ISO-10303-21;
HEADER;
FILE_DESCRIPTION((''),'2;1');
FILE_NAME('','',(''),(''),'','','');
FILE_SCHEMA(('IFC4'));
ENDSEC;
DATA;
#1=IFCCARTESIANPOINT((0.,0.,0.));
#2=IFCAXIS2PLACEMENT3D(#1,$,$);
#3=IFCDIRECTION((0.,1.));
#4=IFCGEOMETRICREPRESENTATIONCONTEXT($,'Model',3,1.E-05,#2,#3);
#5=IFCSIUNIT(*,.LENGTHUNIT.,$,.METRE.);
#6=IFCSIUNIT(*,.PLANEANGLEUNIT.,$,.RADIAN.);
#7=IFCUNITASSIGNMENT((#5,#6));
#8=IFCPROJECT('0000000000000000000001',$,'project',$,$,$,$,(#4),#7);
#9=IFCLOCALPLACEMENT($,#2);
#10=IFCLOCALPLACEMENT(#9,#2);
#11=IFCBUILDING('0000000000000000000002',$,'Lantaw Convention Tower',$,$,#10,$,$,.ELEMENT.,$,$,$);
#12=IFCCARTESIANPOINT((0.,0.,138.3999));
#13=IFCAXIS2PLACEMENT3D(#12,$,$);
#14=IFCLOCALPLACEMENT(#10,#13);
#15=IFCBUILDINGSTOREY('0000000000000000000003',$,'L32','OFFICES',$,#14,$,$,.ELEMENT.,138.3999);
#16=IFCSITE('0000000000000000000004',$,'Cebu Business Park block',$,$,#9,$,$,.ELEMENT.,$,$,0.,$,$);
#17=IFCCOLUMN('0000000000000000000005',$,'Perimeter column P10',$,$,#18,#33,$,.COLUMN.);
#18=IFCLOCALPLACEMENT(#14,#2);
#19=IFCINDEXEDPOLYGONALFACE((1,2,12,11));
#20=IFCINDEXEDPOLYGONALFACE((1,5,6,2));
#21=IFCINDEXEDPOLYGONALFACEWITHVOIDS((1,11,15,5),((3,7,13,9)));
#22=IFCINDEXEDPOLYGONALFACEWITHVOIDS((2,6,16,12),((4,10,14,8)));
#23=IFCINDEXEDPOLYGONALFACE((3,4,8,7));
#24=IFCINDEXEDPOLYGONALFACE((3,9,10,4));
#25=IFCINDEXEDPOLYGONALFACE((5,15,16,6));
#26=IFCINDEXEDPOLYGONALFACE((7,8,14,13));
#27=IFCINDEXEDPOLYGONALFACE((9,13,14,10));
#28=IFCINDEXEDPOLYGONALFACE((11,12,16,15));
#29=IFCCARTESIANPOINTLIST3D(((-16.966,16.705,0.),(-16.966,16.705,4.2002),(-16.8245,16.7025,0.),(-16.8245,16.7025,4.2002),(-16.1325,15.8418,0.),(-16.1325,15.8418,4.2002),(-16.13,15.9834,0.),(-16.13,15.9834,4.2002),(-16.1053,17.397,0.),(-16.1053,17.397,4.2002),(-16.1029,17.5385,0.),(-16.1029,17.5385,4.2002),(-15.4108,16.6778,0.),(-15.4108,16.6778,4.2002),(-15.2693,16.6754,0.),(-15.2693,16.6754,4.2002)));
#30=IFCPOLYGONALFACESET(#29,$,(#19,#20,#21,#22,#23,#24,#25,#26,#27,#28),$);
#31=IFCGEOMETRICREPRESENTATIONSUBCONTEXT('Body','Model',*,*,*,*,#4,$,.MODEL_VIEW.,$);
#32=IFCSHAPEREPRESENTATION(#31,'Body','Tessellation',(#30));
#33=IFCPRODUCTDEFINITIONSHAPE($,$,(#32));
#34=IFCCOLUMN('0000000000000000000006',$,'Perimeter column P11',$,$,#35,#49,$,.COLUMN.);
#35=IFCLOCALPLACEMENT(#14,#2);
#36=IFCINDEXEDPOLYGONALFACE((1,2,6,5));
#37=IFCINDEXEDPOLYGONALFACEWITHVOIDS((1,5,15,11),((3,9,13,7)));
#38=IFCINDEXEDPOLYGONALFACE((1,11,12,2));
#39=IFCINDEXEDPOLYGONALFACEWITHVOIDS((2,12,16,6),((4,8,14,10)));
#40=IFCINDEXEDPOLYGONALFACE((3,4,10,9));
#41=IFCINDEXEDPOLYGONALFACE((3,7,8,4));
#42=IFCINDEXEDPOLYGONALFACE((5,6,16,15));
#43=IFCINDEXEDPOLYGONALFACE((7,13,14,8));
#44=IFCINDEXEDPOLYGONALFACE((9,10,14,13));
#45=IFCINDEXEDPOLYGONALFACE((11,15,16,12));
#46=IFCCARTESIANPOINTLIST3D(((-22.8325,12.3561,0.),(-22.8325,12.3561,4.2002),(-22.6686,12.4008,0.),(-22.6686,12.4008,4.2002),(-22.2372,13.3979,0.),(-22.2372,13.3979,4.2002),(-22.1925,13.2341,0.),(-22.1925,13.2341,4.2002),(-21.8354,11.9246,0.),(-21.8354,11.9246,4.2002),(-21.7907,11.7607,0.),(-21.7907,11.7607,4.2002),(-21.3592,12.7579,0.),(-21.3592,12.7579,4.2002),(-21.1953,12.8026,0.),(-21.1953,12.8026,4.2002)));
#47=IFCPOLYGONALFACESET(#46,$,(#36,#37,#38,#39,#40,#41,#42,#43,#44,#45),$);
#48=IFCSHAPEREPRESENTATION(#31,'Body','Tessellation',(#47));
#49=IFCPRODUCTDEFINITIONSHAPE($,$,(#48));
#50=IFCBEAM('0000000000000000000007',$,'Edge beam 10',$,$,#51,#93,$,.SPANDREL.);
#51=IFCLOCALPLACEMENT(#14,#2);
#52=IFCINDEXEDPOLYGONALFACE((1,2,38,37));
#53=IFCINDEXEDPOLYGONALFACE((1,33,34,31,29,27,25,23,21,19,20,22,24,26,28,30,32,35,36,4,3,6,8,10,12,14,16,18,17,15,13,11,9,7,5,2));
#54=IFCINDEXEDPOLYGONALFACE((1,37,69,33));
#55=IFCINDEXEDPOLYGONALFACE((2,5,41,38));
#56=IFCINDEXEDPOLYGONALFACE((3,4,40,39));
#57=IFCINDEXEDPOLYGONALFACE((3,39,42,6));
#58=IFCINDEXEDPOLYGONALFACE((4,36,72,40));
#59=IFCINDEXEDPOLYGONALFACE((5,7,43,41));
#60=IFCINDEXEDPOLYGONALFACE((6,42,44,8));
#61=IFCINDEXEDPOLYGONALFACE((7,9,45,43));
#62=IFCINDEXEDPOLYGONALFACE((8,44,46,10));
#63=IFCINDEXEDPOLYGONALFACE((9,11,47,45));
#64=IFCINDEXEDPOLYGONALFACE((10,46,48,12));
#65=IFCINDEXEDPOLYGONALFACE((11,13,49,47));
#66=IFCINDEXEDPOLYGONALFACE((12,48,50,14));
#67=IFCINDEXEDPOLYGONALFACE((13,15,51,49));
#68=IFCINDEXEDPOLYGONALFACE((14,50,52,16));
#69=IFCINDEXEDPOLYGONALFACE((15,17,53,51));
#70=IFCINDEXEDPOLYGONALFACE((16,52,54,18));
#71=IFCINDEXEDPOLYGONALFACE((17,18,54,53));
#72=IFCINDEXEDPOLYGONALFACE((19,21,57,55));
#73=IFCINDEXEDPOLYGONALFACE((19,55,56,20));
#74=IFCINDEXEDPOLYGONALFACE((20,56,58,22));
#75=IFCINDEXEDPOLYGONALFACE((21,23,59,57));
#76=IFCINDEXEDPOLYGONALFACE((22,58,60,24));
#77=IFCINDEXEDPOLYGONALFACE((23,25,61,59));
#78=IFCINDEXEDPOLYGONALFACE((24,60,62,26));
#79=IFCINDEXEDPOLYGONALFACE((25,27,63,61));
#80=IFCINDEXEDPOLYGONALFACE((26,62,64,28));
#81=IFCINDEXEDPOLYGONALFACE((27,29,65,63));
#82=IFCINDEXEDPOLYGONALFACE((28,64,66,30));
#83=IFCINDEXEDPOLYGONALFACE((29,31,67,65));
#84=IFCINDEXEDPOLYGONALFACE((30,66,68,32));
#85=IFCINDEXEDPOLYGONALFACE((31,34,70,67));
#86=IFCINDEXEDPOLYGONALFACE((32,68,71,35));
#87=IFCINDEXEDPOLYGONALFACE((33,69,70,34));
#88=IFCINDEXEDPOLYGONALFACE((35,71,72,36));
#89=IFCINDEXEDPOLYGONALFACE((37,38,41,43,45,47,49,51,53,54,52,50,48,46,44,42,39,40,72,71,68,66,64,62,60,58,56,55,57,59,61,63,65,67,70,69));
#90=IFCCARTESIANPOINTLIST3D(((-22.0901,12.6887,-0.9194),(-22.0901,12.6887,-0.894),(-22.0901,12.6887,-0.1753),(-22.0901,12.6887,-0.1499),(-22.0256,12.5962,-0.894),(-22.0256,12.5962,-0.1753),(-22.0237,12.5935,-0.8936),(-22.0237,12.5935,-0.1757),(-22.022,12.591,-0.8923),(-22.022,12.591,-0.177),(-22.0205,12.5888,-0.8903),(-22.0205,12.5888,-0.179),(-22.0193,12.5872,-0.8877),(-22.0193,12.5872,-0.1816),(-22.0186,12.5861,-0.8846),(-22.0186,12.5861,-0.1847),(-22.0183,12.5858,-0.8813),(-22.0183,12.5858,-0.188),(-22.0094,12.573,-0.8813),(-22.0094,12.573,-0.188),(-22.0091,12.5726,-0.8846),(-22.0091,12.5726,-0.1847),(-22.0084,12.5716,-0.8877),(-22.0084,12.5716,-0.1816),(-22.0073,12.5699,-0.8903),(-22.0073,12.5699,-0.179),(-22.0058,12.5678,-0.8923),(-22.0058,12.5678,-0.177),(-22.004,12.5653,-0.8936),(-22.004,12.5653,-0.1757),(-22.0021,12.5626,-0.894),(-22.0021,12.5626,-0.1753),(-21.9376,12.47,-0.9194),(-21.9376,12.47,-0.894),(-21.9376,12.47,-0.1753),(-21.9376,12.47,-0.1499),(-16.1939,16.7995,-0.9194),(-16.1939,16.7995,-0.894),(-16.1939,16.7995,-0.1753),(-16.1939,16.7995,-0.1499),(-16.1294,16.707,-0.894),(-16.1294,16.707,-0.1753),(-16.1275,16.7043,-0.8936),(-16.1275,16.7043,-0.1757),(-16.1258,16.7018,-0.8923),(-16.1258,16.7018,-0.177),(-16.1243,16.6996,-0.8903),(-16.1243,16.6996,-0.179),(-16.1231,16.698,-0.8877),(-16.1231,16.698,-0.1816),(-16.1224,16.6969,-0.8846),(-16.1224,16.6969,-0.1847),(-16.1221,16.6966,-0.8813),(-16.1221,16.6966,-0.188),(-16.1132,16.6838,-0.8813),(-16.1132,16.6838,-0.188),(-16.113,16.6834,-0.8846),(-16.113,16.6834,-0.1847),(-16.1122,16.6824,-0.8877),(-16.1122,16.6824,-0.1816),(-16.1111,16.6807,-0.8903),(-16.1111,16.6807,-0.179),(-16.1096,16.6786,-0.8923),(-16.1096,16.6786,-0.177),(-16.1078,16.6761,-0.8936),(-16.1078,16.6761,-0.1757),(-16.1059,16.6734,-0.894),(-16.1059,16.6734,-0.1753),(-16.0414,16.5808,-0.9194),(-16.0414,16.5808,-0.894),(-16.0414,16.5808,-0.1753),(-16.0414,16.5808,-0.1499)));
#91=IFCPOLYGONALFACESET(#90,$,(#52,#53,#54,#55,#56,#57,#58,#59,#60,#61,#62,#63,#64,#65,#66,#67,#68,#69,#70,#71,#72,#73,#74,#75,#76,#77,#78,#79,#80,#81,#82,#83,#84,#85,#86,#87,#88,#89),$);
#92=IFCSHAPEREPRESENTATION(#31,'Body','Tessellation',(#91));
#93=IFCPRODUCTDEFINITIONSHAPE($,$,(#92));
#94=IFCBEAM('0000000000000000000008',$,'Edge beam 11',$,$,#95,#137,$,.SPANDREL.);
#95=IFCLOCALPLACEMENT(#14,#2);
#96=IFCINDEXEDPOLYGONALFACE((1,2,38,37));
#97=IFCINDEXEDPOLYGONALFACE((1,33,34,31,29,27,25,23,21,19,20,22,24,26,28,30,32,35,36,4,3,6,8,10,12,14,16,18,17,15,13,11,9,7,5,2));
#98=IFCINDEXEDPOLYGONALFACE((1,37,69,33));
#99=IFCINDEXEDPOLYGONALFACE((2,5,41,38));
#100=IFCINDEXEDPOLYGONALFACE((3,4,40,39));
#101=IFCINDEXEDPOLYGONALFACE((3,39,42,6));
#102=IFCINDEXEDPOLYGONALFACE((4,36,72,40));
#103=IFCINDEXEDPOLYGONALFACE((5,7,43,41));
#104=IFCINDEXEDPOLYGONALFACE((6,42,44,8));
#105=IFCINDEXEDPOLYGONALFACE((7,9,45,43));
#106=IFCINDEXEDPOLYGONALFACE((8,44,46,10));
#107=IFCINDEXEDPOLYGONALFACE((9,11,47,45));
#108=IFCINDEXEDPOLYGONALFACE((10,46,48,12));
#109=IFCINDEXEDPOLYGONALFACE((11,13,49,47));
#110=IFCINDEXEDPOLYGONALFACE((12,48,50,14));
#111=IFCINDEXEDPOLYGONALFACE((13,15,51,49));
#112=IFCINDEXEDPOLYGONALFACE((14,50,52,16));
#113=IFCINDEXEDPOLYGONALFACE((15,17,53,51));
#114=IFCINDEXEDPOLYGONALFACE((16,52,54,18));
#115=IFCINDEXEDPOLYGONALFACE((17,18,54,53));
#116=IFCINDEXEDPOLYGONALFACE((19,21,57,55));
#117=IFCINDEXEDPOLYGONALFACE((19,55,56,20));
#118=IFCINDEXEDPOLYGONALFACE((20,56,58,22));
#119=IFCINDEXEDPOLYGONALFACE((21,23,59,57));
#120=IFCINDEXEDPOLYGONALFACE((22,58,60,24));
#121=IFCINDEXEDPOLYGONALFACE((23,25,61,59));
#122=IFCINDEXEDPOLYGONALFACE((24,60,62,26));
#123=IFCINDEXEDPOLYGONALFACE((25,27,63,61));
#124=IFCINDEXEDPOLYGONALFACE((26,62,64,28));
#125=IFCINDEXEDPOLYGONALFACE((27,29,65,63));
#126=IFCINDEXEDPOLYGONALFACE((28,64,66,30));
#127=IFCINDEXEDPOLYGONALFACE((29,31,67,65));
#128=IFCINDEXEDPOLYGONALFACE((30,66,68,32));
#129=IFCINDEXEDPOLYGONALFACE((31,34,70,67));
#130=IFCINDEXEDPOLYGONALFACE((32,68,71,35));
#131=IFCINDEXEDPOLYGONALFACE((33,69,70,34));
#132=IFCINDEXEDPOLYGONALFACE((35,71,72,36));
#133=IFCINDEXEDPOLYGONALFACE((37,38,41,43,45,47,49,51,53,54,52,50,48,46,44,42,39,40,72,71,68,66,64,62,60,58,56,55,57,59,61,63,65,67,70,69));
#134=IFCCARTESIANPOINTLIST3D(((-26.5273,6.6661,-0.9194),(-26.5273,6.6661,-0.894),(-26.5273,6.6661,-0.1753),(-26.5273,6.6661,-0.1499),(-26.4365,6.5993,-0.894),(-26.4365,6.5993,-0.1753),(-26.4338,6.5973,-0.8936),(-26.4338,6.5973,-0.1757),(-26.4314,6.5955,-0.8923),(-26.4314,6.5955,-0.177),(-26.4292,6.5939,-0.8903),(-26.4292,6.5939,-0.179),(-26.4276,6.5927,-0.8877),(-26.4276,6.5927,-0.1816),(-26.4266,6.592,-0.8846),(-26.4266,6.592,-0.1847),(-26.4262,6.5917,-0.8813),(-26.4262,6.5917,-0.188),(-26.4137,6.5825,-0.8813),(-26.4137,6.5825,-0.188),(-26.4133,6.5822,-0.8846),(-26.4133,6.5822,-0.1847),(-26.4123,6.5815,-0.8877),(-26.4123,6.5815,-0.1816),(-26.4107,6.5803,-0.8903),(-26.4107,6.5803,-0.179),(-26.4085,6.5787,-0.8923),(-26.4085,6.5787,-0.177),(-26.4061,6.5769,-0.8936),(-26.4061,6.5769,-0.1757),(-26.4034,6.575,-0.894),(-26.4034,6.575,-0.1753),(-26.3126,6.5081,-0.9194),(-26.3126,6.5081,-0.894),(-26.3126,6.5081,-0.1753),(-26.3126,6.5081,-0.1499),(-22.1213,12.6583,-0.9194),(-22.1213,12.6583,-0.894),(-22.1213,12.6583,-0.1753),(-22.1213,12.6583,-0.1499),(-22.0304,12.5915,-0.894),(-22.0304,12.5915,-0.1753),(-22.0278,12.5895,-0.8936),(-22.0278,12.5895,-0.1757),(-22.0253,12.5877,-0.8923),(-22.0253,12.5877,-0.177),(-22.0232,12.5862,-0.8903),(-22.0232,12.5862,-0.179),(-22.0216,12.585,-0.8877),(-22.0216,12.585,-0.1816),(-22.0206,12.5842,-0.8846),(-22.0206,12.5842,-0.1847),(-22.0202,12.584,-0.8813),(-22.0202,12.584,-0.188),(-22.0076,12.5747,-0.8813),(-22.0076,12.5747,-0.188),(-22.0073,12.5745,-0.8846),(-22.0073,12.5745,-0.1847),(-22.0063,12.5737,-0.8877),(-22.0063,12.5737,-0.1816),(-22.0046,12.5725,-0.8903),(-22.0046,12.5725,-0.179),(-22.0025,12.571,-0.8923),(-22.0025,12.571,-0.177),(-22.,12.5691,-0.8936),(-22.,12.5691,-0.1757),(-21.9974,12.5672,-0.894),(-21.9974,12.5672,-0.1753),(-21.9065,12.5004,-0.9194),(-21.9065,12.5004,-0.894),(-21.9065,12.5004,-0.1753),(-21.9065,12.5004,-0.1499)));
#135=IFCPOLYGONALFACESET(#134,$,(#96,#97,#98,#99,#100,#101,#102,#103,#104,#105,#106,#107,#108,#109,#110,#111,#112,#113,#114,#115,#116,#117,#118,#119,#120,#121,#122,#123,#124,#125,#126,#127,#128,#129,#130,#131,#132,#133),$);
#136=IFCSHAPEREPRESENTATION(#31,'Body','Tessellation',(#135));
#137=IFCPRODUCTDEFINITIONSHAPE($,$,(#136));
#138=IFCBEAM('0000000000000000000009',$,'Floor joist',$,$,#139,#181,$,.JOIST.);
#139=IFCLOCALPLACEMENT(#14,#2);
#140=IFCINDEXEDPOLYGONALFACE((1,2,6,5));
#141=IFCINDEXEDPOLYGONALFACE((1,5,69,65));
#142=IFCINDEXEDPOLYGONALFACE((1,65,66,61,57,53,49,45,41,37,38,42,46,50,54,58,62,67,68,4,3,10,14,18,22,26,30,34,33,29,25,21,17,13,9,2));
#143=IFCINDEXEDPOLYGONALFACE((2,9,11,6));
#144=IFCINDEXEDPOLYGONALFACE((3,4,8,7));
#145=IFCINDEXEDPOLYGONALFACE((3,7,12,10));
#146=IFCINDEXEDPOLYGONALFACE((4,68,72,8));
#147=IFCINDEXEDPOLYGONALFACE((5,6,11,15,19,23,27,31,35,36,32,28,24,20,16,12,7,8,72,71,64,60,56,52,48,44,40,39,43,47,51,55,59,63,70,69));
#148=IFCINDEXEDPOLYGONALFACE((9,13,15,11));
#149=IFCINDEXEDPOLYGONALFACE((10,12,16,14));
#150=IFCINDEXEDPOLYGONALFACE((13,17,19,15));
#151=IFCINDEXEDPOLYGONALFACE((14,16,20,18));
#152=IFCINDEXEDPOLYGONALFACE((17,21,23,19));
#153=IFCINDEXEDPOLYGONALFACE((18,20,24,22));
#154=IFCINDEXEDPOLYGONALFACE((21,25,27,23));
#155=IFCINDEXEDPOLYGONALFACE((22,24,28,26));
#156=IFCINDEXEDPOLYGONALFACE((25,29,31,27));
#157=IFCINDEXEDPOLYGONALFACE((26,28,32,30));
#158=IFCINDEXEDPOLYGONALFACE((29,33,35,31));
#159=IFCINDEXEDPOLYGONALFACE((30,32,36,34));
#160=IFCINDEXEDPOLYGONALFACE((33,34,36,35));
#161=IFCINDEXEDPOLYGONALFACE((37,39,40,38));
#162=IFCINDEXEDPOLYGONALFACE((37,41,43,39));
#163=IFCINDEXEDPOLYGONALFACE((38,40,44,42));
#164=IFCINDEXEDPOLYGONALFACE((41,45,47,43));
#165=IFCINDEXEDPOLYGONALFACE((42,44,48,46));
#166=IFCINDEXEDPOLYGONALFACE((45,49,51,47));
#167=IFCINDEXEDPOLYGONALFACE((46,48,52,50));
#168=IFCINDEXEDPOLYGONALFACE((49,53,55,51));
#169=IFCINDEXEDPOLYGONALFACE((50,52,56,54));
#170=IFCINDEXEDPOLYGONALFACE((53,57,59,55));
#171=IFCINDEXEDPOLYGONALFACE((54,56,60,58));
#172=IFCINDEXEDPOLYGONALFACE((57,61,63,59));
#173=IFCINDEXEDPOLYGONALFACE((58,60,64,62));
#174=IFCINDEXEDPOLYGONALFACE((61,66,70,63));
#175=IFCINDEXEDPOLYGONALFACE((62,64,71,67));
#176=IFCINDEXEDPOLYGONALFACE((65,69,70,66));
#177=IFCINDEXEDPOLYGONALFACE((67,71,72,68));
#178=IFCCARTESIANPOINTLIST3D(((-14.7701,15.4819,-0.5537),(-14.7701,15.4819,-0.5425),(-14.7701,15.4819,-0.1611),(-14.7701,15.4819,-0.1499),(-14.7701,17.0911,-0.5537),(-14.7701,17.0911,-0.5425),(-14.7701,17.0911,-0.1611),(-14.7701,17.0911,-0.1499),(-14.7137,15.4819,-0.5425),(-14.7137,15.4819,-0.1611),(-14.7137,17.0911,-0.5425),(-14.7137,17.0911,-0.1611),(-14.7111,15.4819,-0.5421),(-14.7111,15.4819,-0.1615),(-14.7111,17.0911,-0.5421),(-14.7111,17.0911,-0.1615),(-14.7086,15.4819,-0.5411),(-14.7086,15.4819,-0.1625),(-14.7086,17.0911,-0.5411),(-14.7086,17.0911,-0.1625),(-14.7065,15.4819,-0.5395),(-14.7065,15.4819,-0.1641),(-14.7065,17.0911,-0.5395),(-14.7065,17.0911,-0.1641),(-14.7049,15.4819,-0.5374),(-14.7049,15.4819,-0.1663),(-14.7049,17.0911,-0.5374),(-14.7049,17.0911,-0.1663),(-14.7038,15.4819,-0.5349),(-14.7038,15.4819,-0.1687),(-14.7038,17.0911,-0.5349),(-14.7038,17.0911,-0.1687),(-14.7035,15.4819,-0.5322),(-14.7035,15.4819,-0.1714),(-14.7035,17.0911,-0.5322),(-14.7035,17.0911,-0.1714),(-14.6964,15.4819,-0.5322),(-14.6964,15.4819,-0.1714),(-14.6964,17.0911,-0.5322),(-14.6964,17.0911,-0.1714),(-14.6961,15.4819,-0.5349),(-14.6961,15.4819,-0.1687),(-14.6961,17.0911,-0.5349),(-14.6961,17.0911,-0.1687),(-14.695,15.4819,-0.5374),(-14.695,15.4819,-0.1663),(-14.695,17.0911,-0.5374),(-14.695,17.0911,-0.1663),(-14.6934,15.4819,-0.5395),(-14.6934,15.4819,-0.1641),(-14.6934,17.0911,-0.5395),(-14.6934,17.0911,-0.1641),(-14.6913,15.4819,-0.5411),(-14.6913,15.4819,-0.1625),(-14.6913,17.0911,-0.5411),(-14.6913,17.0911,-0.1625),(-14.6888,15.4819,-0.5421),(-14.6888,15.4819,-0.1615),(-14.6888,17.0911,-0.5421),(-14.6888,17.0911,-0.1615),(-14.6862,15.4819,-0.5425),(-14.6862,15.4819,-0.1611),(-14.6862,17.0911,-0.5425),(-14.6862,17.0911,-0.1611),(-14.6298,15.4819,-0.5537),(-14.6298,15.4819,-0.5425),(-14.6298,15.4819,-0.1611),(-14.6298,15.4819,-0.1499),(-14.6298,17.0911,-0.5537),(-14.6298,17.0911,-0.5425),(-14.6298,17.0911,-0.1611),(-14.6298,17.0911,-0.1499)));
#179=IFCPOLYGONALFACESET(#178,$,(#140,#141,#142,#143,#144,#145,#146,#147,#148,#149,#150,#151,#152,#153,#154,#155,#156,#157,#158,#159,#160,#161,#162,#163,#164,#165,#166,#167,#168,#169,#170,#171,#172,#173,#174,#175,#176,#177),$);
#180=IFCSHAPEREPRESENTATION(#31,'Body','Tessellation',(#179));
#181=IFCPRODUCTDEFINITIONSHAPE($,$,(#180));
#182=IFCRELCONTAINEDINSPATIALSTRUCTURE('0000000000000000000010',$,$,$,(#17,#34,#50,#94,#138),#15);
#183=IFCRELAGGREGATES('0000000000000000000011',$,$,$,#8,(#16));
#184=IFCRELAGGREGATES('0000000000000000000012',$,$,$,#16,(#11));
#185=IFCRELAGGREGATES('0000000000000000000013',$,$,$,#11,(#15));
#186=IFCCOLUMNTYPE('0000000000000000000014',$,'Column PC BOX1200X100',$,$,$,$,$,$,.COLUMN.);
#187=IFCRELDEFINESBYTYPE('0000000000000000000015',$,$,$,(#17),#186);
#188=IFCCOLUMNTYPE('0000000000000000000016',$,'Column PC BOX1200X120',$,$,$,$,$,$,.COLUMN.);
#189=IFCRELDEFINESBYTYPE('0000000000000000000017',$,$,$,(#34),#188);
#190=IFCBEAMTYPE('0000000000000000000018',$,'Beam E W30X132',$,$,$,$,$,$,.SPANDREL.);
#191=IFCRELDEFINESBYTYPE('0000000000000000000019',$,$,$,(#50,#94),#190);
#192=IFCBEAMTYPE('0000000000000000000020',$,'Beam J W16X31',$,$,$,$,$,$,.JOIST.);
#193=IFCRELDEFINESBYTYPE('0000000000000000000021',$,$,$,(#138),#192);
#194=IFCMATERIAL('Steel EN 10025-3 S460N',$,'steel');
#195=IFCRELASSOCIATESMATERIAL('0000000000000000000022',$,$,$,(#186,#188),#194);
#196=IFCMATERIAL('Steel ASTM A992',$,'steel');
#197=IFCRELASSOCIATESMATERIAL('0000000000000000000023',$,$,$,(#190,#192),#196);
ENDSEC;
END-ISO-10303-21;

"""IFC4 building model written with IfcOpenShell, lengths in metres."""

from ifc_helpers import new_model, si_unit, direction, frame, origin, origin_2d, place, context, subcontext, project, spatial, rectangle, hollow_rectangle, i_section, extrude, material, material_profile, profile_set, type_object, element, save


model = new_model("IFC4")

# Units and contexts
model_context = context("Model", 3, precision=1e-05, world=origin(), true_north=direction((0.0, 1.0)))
body_context = subcontext(model_context, "Body", "Model", "MODEL_VIEW")
ifc_project = project(units=[si_unit("LENGTHUNIT", "METRE"), si_unit("PLANEANGLEUNIT", "RADIAN")], contexts=[model_context])

# Site, building, storey
site_placement = place(None, origin())
site = spatial("IfcSite", under=ifc_project, at=site_placement, Name="Cebu Business Park block", CompositionType="ELEMENT", RefElevation=0.0)
building_placement = place(site_placement, origin())
building = spatial("IfcBuilding", under=site, at=building_placement, Name="Lantaw Convention Tower", CompositionType="ELEMENT")
storey_placement = place(building_placement, frame((0.0, 0.0, 138.3999)))
storey = spatial("IfcBuildingStorey", under=building, at=storey_placement, Name="L32", Description="OFFICES", CompositionType="ELEMENT", Elevation=138.3999)

# Columns
ifc_material_1 = material(Name="Steel EN 10025-3 S460N", Category="steel")
ifc_material_profile_1 = material_profile(ifc_material_1, hollow_rectangle(XDim=1.2, YDim=1.2, WallThickness=0.1001, at=origin_2d()), Name="BOX1200X100")
ifc_material_2 = material(Name="Concrete C60/75", Category="concrete")
ifc_material_profile_2 = material_profile(ifc_material_2, rectangle(XDim=1.0, YDim=1.0, at=origin_2d()), Name="Concrete fill of BOX1200X100")
ifc_profile_set_1 = profile_set([ifc_material_profile_1, ifc_material_profile_2], Name="Steel EN 10025-3 S460N")
column_type_1 = type_object("IfcColumnType", Name="Column PC BOX1200X100", PredefinedType="COLUMN", material=ifc_profile_set_1)
column_1_placement = place(storey_placement, frame((-16.1177, 16.6902, 0.0), z_axis=(0.0, 0.0, 1.0), x_axis=(0.71934, 0.694658, 0.0)))
element("IfcColumn", 1, at=column_1_placement, inside=storey, type_object=column_type_1, Name="Perimeter column P10", PredefinedType="COLUMN", context=body_context, shape_type="SweptSolid", body=[
    extrude(hollow_rectangle(XDim=1.2, YDim=1.2, WallThickness=0.1001, at=origin_2d()), origin(), (0.0, 0.0, 1.0), 4.2002),
])
ifc_material_profile_3 = material_profile(ifc_material_1, hollow_rectangle(XDim=1.2, YDim=1.2, WallThickness=0.1201, at=origin_2d()), Name="BOX1200X120")
ifc_material_profile_4 = material_profile(ifc_material_2, rectangle(XDim=0.96, YDim=0.96, at=origin_2d()), Name="Concrete fill of BOX1200X120")
ifc_profile_set_2 = profile_set([ifc_material_profile_3, ifc_material_profile_4], Name="Steel EN 10025-3 S460N")
column_type_2 = type_object("IfcColumnType", Name="Column PC BOX1200X120", PredefinedType="COLUMN", material=ifc_profile_set_2)
column_2_placement = place(storey_placement, frame((-22.0139, 12.5793, 0.0), z_axis=(0.0, 0.0, 1.0), x_axis=(0.496139, 0.868243, 0.0)))
element("IfcColumn", 2, at=column_2_placement, inside=storey, type_object=column_type_2, Name="Perimeter column P11", PredefinedType="COLUMN", context=body_context, shape_type="SweptSolid", body=[
    extrude(hollow_rectangle(XDim=1.2, YDim=1.2, WallThickness=0.1201, at=origin_2d()), origin(), (0.0, 0.0, 1.0), 4.2002),
])

# Beams
ifc_material_3 = material(Name="Steel ASTM A992", Category="steel")
ifc_material_profile_5 = material_profile(ifc_material_3, i_section(OverallWidth=0.2666, OverallDepth=0.7695, WebThickness=0.0156, FlangeThickness=0.0254, FilletRadius=0.0127, at=origin_2d()), Name="W30X132")
ifc_profile_set_3 = profile_set([ifc_material_profile_5], Name="Steel ASTM A992")
beam_type_1 = type_object("IfcBeamType", Name="Beam E W30X132", PredefinedType="SPANDREL", material=ifc_profile_set_3)
beam_1_placement = place(storey_placement, frame((-16.1177, 16.6902, -0.5347), z_axis=(-0.820311, -0.571918, 0.0), x_axis=(0.571918, -0.820311, 0.0)))
element("IfcBeam", 3, at=beam_1_placement, inside=storey, type_object=beam_type_1, Name="Edge beam 10", PredefinedType="SPANDREL", context=body_context, shape_type="SweptSolid", body=[
    extrude(i_section(OverallWidth=0.2666, OverallDepth=0.7695, WebThickness=0.0156, FlangeThickness=0.0254, FilletRadius=0.0127, at=origin_2d()), origin(), (0.0, 0.0, 1.0), 7.1877),
])
beam_2_placement = place(storey_placement, frame((-22.0139, 12.5793, -0.5347), z_axis=(-0.592389, -0.805652, 0.0), x_axis=(0.805652, -0.592389, 0.0)))
element("IfcBeam", 4, at=beam_2_placement, inside=storey, type_object=beam_type_1, Name="Edge beam 11", PredefinedType="SPANDREL", context=body_context, shape_type="SweptSolid", body=[
    extrude(i_section(OverallWidth=0.2666, OverallDepth=0.7695, WebThickness=0.0156, FlangeThickness=0.0254, FilletRadius=0.0127, at=origin_2d()), origin(), (0.0, 0.0, 1.0), 7.4377),
])
ifc_material_profile_6 = material_profile(ifc_material_3, i_section(OverallWidth=0.1404, OverallDepth=0.4038, WebThickness=0.0071, FlangeThickness=0.0112, FilletRadius=0.0103, at=origin_2d()), Name="W16X31")
ifc_profile_set_4 = profile_set([ifc_material_profile_6], Name="Steel ASTM A992")
beam_type_2 = type_object("IfcBeamType", Name="Beam J W16X31", PredefinedType="JOIST", material=ifc_profile_set_4)
beam_3_placement = place(storey_placement, frame((-14.7, 15.4819, -0.3518), z_axis=(0.0, 1.0, 0.0), x_axis=(-1.0, 0.0, 0.0)))
element("IfcBeam", 5, at=beam_3_placement, inside=storey, type_object=beam_type_2, Name="Floor joist", PredefinedType="JOIST", context=body_context, shape_type="SweptSolid", body=[
    extrude(i_section(OverallWidth=0.1404, OverallDepth=0.4038, WebThickness=0.0071, FlangeThickness=0.0112, FilletRadius=0.0103, at=origin_2d()), origin(), (0.0, 0.0, 1.0), 1.6091),
])

save(model, "model.ifc")
